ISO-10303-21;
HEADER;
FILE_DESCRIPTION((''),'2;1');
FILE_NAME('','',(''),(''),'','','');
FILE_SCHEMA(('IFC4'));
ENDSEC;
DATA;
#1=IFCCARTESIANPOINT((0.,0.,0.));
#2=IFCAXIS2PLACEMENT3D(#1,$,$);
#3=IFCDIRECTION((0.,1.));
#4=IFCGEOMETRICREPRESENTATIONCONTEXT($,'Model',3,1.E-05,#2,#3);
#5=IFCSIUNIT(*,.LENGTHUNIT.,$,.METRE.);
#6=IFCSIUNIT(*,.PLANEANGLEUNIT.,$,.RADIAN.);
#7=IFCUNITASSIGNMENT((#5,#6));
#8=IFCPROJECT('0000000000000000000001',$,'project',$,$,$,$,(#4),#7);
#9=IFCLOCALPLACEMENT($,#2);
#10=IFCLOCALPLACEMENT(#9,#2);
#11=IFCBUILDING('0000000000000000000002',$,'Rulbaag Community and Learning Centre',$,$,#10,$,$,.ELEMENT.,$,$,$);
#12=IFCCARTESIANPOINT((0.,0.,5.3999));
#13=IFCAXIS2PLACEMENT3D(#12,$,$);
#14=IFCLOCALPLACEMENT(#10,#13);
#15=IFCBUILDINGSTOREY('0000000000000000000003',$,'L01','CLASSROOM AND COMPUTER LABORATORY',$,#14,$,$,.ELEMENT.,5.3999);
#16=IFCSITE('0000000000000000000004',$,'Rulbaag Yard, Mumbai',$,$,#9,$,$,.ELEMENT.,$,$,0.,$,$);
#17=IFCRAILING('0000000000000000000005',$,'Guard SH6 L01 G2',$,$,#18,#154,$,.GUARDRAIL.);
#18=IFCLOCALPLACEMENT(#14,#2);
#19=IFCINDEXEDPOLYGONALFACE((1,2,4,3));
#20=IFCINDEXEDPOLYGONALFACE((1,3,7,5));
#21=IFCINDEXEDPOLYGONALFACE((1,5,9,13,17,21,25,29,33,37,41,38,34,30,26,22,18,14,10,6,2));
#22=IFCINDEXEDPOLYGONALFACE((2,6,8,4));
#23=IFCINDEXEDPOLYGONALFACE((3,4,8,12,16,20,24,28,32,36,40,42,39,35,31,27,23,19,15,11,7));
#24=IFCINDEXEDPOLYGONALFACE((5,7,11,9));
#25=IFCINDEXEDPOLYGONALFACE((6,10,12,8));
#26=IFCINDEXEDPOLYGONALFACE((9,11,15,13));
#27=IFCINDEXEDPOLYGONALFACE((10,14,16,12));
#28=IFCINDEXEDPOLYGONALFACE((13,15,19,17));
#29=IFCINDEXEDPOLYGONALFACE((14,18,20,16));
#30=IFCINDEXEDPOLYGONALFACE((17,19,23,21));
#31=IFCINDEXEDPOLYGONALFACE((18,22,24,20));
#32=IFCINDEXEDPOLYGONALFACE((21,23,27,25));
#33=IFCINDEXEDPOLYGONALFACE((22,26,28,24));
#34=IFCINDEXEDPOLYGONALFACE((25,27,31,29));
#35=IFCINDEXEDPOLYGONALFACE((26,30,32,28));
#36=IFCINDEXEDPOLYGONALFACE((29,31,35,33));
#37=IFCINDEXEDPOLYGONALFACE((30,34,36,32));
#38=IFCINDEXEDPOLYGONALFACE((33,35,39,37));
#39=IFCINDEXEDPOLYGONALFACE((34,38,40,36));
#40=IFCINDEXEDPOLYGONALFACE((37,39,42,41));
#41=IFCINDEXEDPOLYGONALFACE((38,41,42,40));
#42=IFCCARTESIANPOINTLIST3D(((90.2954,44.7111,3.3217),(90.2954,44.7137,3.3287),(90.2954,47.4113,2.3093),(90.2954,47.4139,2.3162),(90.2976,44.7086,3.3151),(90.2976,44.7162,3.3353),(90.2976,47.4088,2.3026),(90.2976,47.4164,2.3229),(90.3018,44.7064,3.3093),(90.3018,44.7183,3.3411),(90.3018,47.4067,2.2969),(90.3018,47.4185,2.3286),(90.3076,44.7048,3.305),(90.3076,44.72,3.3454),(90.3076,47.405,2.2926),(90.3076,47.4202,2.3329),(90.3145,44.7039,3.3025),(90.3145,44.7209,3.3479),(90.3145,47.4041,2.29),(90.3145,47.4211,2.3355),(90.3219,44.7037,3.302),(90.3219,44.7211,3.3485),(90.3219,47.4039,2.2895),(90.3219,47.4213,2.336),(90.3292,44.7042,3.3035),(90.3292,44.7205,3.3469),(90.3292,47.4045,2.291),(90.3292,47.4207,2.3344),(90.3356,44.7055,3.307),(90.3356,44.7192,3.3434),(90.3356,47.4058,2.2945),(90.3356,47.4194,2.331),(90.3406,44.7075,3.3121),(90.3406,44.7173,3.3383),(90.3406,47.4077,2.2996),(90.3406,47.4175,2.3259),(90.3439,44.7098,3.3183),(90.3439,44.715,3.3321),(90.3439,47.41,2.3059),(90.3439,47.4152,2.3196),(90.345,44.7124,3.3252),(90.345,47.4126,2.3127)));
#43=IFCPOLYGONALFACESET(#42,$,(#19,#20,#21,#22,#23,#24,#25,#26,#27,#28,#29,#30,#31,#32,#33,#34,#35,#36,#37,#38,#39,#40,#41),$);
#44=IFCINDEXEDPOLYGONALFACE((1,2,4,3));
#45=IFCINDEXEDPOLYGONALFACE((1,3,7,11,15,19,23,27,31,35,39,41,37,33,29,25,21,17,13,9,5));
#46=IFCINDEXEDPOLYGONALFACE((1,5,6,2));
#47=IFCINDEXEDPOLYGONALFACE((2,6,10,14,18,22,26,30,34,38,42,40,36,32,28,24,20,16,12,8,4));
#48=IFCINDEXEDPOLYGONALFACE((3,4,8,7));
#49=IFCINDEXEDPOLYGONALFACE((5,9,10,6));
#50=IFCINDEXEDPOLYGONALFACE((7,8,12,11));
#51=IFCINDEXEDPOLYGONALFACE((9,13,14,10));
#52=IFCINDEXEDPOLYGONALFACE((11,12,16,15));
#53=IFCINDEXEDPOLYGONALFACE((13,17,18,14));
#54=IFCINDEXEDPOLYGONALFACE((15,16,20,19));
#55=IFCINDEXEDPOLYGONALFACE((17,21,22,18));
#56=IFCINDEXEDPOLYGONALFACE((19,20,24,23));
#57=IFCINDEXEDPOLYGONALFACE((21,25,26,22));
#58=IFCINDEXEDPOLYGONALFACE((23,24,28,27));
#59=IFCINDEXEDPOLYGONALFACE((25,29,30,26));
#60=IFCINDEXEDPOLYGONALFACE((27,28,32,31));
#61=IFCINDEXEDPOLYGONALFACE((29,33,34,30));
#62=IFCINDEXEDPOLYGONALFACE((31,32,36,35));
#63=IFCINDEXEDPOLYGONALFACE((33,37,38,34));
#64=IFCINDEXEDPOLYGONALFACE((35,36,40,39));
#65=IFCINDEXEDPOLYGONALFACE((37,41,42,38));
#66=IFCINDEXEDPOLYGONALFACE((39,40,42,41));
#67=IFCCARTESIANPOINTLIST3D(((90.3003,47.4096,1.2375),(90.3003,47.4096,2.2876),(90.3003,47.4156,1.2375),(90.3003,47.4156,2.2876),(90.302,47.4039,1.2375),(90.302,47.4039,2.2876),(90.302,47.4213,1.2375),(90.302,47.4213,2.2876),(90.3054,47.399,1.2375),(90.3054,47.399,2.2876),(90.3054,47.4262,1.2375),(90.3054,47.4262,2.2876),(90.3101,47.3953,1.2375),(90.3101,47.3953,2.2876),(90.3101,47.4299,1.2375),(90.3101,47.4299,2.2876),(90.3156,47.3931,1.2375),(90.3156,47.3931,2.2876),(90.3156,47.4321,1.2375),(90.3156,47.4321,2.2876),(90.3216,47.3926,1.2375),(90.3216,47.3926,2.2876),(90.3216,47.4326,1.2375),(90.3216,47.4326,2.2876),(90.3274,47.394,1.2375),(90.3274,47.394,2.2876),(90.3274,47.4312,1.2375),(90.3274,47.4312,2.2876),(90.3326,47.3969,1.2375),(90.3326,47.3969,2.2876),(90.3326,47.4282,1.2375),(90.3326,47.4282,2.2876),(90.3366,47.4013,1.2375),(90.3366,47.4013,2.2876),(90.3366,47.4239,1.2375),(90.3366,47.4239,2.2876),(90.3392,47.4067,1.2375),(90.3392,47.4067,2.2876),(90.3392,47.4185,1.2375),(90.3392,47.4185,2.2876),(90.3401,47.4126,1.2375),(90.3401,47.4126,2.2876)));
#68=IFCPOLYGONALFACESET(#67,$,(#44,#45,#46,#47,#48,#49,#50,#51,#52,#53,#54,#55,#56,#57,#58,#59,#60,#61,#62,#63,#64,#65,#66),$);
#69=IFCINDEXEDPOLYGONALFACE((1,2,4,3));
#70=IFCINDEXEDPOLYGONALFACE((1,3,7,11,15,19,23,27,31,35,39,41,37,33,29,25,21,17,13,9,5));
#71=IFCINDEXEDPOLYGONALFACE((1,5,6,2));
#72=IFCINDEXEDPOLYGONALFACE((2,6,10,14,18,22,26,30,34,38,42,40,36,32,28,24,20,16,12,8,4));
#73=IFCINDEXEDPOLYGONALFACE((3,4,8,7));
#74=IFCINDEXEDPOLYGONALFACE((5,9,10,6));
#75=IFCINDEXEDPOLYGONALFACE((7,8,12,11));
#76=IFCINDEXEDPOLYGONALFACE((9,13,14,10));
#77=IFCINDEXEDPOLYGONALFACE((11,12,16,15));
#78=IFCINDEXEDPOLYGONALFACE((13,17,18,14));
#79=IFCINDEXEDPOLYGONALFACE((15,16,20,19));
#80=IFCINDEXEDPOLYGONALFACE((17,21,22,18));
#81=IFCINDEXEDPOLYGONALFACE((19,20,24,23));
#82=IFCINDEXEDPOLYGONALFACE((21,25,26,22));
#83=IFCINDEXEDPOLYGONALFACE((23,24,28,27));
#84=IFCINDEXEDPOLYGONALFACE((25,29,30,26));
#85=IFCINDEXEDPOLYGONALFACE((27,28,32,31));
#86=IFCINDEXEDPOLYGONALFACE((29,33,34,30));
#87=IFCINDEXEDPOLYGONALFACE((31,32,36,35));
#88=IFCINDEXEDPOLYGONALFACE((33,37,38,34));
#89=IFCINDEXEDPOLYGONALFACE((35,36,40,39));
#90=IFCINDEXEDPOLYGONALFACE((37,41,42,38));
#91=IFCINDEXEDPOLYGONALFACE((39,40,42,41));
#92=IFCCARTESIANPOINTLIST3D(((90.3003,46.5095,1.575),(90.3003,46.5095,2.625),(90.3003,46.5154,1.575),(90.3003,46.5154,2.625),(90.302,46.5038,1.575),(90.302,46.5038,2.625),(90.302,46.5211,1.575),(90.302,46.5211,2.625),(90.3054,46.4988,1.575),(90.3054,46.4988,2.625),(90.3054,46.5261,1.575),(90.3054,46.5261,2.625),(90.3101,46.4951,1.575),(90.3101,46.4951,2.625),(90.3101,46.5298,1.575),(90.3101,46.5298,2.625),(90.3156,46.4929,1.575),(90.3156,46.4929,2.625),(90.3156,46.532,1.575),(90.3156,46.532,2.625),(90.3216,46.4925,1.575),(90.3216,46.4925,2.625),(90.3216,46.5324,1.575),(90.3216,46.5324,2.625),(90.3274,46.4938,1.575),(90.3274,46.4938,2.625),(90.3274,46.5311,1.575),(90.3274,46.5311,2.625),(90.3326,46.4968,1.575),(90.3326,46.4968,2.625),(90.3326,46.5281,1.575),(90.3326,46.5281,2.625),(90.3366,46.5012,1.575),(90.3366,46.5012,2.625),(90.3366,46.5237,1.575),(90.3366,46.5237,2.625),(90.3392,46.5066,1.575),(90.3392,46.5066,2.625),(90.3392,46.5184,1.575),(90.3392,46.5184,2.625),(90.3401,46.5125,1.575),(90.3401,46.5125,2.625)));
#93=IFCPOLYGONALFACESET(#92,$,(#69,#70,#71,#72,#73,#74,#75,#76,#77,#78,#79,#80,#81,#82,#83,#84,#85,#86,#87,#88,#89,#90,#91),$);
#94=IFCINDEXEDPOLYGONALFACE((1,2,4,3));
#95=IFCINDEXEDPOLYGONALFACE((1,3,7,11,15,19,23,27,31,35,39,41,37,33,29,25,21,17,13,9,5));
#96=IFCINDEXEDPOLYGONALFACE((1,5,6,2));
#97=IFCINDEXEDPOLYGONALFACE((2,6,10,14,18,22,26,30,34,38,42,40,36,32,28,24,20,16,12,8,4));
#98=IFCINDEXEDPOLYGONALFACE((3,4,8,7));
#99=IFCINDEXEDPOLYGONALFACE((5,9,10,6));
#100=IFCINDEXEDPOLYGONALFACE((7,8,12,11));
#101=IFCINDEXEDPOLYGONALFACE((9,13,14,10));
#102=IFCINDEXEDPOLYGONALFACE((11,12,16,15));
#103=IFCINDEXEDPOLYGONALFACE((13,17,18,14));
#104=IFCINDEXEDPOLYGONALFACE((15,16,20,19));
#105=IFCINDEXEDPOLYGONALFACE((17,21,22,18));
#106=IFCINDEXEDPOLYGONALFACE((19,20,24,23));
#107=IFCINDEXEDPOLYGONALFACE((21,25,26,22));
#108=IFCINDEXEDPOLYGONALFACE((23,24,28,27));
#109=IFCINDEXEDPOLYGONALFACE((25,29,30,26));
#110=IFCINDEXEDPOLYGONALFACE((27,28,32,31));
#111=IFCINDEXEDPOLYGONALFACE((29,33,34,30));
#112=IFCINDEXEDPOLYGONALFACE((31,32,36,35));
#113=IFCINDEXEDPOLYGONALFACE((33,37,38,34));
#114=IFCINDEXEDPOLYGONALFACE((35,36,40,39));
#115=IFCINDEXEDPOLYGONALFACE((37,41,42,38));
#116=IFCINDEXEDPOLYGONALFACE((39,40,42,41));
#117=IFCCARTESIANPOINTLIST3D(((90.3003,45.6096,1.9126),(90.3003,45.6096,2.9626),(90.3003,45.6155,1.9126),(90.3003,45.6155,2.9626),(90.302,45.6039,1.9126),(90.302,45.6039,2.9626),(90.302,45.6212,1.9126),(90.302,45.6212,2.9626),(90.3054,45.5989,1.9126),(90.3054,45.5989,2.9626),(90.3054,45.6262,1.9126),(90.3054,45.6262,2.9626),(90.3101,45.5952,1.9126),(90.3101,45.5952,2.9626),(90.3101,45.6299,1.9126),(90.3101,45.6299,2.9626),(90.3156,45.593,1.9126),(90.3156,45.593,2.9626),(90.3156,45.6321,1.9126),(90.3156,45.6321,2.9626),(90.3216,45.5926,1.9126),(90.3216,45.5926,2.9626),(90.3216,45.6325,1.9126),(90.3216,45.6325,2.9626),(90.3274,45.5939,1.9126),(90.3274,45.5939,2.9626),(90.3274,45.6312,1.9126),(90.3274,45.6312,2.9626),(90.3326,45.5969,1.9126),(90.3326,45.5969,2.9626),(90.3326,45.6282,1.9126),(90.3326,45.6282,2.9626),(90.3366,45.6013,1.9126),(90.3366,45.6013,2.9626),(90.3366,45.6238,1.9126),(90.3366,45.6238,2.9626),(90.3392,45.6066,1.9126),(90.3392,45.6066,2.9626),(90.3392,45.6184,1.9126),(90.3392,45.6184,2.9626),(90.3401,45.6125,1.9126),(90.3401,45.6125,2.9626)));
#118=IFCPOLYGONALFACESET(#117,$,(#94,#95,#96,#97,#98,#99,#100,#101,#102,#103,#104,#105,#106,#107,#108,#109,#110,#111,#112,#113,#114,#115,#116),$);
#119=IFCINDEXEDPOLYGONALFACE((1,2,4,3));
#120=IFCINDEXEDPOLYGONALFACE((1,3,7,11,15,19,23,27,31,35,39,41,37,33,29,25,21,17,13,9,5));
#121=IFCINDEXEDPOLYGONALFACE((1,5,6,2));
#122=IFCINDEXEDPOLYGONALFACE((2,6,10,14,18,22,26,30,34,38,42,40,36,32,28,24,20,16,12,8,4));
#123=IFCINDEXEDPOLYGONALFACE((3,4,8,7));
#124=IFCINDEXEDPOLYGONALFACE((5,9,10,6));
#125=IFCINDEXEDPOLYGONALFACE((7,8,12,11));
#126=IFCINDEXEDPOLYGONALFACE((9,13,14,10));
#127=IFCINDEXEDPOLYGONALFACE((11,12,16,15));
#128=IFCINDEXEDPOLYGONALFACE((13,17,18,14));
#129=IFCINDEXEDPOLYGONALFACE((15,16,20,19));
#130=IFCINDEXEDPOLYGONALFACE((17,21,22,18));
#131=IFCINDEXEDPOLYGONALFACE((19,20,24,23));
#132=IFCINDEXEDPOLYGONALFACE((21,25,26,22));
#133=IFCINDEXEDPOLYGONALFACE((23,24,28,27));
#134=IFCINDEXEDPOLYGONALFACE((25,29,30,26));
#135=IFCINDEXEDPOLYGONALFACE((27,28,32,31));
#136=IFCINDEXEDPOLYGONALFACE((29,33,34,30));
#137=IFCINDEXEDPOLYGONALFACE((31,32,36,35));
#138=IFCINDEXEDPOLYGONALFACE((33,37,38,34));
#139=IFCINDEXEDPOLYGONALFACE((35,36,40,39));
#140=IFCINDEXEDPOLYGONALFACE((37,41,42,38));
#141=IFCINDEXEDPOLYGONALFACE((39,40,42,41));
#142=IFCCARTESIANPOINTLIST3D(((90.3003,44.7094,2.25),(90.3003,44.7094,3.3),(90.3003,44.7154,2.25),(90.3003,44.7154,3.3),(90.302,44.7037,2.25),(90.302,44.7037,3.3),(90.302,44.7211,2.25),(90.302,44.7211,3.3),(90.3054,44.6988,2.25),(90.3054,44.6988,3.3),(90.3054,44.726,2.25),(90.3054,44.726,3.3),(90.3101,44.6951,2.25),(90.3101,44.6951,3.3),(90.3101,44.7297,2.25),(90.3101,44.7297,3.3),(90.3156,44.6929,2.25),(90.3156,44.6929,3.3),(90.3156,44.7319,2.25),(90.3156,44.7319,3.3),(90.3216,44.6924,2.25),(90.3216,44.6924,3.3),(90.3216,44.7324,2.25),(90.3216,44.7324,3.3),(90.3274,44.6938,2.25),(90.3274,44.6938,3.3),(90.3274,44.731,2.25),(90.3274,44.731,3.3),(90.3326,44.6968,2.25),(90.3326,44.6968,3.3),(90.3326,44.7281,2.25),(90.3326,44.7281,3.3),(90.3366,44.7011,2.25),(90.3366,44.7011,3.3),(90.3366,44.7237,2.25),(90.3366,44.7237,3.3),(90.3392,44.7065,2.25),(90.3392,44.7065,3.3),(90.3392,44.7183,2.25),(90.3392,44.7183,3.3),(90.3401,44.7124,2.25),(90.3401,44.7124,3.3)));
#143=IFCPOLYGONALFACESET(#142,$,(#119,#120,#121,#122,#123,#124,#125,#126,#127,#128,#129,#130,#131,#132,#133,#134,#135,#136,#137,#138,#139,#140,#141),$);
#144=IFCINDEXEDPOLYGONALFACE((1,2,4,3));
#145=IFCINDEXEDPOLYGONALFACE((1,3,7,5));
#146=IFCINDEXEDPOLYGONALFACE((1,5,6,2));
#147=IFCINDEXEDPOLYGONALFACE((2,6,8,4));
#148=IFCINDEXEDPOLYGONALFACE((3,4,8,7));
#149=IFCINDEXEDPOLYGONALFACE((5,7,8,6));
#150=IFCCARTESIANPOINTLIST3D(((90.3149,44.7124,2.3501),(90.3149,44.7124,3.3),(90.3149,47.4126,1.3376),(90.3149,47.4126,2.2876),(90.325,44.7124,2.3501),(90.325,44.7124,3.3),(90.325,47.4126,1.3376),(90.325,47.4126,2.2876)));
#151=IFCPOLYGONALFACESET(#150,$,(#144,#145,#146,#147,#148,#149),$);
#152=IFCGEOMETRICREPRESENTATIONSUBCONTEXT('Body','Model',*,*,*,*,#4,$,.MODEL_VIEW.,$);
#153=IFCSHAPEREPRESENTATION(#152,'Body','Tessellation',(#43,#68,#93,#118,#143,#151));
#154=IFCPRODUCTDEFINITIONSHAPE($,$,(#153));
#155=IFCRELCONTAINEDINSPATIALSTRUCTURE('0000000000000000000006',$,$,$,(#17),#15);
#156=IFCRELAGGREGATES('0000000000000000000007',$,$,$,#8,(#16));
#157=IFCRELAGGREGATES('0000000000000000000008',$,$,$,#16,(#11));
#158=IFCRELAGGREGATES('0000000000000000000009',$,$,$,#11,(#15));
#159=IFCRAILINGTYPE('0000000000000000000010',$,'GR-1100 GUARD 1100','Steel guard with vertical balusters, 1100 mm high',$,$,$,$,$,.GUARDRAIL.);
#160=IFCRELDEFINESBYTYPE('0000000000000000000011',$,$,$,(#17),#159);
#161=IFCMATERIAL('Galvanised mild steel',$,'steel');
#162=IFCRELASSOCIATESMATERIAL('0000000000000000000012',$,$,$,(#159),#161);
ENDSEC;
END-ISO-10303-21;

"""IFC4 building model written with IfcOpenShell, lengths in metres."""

from ifc_helpers import new_model, si_unit, direction, frame, origin, origin_2d, place, context, subcontext, project, spatial, polyline, circle, outline, extrude, material, type_object, element, save


model = new_model("IFC4")

# Units and contexts
model_context = context("Model", 3, precision=1e-05, world=origin(), true_north=direction((0.0, 1.0)))
body_context = subcontext(model_context, "Body", "Model", "MODEL_VIEW")
ifc_project = project(units=[si_unit("LENGTHUNIT", "METRE"), si_unit("PLANEANGLEUNIT", "RADIAN")], contexts=[model_context])

# Site, building, storey
site_placement = place(None, origin())
site = spatial("IfcSite", under=ifc_project, at=site_placement, Name="Rulbaag Yard, Mumbai", CompositionType="ELEMENT", RefElevation=0.0)
building_placement = place(site_placement, origin())
building = spatial("IfcBuilding", under=site, at=building_placement, Name="Rulbaag Community and Learning Centre", CompositionType="ELEMENT")
storey_placement = place(building_placement, frame((0.0, 0.0, 5.3999)))
storey = spatial("IfcBuildingStorey", under=building, at=storey_placement, Name="L01", Description="CLASSROOM AND COMPUTER LABORATORY", CompositionType="ELEMENT", Elevation=5.3999)

# Railing
ifc_material_1 = material(Name="Galvanised mild steel", Category="steel")
railing_type_1 = type_object("IfcRailingType", Name="GR-1100 GUARD 1100", Description="Steel guard with vertical balusters, 1100 mm high", PredefinedType="GUARDRAIL", material=ifc_material_1)
railing_1_placement = place(storey_placement, frame((90.3201, 47.4126, 1.2375)))
element("IfcRailing", 1, at=railing_1_placement, inside=storey, type_object=railing_type_1, Name="Guard SH6 L01 G2", PredefinedType="GUARDRAIL", context=body_context, shape_type="SweptSolid", body=[
    extrude(circle(Radius=0.0249, at=origin_2d()), frame((0.0, 0.0, 1.0752), z_axis=(0.0, -0.936343, 0.351086), x_axis=(1.0, 0.0, 0.0)), (0.0, 0.0, 1.0), 2.8838),
    extrude(circle(Radius=0.02, at=origin_2d()), origin(), (0.0, 0.0, 1.0), 1.05),
    extrude(circle(Radius=0.02, at=origin_2d()), frame((0.0, -0.9001, 0.3374)), (0.0, 0.0, 1.0), 1.05),
    extrude(circle(Radius=0.02, at=origin_2d()), frame((0.0, -1.8, 0.675)), (0.0, 0.0, 1.0), 1.05),
    extrude(circle(Radius=0.02, at=origin_2d()), frame((0.0, -2.7002, 1.0125)), (0.0, 0.0, 1.0), 1.05),
    extrude(outline(polyline([(0.0, 0.0), (2.7002, 1.0125), (2.7002, 1.9624), (0.0, 0.95), (0.0, 0.0)])), frame((0.0049, 0.0, 0.1001), z_axis=(-1.0, 0.0, 0.0), x_axis=(0.0, -1.0, 0.0)), (0.0, 0.0, 1.0), 0.01),
])

save(model, "model.ifc")
